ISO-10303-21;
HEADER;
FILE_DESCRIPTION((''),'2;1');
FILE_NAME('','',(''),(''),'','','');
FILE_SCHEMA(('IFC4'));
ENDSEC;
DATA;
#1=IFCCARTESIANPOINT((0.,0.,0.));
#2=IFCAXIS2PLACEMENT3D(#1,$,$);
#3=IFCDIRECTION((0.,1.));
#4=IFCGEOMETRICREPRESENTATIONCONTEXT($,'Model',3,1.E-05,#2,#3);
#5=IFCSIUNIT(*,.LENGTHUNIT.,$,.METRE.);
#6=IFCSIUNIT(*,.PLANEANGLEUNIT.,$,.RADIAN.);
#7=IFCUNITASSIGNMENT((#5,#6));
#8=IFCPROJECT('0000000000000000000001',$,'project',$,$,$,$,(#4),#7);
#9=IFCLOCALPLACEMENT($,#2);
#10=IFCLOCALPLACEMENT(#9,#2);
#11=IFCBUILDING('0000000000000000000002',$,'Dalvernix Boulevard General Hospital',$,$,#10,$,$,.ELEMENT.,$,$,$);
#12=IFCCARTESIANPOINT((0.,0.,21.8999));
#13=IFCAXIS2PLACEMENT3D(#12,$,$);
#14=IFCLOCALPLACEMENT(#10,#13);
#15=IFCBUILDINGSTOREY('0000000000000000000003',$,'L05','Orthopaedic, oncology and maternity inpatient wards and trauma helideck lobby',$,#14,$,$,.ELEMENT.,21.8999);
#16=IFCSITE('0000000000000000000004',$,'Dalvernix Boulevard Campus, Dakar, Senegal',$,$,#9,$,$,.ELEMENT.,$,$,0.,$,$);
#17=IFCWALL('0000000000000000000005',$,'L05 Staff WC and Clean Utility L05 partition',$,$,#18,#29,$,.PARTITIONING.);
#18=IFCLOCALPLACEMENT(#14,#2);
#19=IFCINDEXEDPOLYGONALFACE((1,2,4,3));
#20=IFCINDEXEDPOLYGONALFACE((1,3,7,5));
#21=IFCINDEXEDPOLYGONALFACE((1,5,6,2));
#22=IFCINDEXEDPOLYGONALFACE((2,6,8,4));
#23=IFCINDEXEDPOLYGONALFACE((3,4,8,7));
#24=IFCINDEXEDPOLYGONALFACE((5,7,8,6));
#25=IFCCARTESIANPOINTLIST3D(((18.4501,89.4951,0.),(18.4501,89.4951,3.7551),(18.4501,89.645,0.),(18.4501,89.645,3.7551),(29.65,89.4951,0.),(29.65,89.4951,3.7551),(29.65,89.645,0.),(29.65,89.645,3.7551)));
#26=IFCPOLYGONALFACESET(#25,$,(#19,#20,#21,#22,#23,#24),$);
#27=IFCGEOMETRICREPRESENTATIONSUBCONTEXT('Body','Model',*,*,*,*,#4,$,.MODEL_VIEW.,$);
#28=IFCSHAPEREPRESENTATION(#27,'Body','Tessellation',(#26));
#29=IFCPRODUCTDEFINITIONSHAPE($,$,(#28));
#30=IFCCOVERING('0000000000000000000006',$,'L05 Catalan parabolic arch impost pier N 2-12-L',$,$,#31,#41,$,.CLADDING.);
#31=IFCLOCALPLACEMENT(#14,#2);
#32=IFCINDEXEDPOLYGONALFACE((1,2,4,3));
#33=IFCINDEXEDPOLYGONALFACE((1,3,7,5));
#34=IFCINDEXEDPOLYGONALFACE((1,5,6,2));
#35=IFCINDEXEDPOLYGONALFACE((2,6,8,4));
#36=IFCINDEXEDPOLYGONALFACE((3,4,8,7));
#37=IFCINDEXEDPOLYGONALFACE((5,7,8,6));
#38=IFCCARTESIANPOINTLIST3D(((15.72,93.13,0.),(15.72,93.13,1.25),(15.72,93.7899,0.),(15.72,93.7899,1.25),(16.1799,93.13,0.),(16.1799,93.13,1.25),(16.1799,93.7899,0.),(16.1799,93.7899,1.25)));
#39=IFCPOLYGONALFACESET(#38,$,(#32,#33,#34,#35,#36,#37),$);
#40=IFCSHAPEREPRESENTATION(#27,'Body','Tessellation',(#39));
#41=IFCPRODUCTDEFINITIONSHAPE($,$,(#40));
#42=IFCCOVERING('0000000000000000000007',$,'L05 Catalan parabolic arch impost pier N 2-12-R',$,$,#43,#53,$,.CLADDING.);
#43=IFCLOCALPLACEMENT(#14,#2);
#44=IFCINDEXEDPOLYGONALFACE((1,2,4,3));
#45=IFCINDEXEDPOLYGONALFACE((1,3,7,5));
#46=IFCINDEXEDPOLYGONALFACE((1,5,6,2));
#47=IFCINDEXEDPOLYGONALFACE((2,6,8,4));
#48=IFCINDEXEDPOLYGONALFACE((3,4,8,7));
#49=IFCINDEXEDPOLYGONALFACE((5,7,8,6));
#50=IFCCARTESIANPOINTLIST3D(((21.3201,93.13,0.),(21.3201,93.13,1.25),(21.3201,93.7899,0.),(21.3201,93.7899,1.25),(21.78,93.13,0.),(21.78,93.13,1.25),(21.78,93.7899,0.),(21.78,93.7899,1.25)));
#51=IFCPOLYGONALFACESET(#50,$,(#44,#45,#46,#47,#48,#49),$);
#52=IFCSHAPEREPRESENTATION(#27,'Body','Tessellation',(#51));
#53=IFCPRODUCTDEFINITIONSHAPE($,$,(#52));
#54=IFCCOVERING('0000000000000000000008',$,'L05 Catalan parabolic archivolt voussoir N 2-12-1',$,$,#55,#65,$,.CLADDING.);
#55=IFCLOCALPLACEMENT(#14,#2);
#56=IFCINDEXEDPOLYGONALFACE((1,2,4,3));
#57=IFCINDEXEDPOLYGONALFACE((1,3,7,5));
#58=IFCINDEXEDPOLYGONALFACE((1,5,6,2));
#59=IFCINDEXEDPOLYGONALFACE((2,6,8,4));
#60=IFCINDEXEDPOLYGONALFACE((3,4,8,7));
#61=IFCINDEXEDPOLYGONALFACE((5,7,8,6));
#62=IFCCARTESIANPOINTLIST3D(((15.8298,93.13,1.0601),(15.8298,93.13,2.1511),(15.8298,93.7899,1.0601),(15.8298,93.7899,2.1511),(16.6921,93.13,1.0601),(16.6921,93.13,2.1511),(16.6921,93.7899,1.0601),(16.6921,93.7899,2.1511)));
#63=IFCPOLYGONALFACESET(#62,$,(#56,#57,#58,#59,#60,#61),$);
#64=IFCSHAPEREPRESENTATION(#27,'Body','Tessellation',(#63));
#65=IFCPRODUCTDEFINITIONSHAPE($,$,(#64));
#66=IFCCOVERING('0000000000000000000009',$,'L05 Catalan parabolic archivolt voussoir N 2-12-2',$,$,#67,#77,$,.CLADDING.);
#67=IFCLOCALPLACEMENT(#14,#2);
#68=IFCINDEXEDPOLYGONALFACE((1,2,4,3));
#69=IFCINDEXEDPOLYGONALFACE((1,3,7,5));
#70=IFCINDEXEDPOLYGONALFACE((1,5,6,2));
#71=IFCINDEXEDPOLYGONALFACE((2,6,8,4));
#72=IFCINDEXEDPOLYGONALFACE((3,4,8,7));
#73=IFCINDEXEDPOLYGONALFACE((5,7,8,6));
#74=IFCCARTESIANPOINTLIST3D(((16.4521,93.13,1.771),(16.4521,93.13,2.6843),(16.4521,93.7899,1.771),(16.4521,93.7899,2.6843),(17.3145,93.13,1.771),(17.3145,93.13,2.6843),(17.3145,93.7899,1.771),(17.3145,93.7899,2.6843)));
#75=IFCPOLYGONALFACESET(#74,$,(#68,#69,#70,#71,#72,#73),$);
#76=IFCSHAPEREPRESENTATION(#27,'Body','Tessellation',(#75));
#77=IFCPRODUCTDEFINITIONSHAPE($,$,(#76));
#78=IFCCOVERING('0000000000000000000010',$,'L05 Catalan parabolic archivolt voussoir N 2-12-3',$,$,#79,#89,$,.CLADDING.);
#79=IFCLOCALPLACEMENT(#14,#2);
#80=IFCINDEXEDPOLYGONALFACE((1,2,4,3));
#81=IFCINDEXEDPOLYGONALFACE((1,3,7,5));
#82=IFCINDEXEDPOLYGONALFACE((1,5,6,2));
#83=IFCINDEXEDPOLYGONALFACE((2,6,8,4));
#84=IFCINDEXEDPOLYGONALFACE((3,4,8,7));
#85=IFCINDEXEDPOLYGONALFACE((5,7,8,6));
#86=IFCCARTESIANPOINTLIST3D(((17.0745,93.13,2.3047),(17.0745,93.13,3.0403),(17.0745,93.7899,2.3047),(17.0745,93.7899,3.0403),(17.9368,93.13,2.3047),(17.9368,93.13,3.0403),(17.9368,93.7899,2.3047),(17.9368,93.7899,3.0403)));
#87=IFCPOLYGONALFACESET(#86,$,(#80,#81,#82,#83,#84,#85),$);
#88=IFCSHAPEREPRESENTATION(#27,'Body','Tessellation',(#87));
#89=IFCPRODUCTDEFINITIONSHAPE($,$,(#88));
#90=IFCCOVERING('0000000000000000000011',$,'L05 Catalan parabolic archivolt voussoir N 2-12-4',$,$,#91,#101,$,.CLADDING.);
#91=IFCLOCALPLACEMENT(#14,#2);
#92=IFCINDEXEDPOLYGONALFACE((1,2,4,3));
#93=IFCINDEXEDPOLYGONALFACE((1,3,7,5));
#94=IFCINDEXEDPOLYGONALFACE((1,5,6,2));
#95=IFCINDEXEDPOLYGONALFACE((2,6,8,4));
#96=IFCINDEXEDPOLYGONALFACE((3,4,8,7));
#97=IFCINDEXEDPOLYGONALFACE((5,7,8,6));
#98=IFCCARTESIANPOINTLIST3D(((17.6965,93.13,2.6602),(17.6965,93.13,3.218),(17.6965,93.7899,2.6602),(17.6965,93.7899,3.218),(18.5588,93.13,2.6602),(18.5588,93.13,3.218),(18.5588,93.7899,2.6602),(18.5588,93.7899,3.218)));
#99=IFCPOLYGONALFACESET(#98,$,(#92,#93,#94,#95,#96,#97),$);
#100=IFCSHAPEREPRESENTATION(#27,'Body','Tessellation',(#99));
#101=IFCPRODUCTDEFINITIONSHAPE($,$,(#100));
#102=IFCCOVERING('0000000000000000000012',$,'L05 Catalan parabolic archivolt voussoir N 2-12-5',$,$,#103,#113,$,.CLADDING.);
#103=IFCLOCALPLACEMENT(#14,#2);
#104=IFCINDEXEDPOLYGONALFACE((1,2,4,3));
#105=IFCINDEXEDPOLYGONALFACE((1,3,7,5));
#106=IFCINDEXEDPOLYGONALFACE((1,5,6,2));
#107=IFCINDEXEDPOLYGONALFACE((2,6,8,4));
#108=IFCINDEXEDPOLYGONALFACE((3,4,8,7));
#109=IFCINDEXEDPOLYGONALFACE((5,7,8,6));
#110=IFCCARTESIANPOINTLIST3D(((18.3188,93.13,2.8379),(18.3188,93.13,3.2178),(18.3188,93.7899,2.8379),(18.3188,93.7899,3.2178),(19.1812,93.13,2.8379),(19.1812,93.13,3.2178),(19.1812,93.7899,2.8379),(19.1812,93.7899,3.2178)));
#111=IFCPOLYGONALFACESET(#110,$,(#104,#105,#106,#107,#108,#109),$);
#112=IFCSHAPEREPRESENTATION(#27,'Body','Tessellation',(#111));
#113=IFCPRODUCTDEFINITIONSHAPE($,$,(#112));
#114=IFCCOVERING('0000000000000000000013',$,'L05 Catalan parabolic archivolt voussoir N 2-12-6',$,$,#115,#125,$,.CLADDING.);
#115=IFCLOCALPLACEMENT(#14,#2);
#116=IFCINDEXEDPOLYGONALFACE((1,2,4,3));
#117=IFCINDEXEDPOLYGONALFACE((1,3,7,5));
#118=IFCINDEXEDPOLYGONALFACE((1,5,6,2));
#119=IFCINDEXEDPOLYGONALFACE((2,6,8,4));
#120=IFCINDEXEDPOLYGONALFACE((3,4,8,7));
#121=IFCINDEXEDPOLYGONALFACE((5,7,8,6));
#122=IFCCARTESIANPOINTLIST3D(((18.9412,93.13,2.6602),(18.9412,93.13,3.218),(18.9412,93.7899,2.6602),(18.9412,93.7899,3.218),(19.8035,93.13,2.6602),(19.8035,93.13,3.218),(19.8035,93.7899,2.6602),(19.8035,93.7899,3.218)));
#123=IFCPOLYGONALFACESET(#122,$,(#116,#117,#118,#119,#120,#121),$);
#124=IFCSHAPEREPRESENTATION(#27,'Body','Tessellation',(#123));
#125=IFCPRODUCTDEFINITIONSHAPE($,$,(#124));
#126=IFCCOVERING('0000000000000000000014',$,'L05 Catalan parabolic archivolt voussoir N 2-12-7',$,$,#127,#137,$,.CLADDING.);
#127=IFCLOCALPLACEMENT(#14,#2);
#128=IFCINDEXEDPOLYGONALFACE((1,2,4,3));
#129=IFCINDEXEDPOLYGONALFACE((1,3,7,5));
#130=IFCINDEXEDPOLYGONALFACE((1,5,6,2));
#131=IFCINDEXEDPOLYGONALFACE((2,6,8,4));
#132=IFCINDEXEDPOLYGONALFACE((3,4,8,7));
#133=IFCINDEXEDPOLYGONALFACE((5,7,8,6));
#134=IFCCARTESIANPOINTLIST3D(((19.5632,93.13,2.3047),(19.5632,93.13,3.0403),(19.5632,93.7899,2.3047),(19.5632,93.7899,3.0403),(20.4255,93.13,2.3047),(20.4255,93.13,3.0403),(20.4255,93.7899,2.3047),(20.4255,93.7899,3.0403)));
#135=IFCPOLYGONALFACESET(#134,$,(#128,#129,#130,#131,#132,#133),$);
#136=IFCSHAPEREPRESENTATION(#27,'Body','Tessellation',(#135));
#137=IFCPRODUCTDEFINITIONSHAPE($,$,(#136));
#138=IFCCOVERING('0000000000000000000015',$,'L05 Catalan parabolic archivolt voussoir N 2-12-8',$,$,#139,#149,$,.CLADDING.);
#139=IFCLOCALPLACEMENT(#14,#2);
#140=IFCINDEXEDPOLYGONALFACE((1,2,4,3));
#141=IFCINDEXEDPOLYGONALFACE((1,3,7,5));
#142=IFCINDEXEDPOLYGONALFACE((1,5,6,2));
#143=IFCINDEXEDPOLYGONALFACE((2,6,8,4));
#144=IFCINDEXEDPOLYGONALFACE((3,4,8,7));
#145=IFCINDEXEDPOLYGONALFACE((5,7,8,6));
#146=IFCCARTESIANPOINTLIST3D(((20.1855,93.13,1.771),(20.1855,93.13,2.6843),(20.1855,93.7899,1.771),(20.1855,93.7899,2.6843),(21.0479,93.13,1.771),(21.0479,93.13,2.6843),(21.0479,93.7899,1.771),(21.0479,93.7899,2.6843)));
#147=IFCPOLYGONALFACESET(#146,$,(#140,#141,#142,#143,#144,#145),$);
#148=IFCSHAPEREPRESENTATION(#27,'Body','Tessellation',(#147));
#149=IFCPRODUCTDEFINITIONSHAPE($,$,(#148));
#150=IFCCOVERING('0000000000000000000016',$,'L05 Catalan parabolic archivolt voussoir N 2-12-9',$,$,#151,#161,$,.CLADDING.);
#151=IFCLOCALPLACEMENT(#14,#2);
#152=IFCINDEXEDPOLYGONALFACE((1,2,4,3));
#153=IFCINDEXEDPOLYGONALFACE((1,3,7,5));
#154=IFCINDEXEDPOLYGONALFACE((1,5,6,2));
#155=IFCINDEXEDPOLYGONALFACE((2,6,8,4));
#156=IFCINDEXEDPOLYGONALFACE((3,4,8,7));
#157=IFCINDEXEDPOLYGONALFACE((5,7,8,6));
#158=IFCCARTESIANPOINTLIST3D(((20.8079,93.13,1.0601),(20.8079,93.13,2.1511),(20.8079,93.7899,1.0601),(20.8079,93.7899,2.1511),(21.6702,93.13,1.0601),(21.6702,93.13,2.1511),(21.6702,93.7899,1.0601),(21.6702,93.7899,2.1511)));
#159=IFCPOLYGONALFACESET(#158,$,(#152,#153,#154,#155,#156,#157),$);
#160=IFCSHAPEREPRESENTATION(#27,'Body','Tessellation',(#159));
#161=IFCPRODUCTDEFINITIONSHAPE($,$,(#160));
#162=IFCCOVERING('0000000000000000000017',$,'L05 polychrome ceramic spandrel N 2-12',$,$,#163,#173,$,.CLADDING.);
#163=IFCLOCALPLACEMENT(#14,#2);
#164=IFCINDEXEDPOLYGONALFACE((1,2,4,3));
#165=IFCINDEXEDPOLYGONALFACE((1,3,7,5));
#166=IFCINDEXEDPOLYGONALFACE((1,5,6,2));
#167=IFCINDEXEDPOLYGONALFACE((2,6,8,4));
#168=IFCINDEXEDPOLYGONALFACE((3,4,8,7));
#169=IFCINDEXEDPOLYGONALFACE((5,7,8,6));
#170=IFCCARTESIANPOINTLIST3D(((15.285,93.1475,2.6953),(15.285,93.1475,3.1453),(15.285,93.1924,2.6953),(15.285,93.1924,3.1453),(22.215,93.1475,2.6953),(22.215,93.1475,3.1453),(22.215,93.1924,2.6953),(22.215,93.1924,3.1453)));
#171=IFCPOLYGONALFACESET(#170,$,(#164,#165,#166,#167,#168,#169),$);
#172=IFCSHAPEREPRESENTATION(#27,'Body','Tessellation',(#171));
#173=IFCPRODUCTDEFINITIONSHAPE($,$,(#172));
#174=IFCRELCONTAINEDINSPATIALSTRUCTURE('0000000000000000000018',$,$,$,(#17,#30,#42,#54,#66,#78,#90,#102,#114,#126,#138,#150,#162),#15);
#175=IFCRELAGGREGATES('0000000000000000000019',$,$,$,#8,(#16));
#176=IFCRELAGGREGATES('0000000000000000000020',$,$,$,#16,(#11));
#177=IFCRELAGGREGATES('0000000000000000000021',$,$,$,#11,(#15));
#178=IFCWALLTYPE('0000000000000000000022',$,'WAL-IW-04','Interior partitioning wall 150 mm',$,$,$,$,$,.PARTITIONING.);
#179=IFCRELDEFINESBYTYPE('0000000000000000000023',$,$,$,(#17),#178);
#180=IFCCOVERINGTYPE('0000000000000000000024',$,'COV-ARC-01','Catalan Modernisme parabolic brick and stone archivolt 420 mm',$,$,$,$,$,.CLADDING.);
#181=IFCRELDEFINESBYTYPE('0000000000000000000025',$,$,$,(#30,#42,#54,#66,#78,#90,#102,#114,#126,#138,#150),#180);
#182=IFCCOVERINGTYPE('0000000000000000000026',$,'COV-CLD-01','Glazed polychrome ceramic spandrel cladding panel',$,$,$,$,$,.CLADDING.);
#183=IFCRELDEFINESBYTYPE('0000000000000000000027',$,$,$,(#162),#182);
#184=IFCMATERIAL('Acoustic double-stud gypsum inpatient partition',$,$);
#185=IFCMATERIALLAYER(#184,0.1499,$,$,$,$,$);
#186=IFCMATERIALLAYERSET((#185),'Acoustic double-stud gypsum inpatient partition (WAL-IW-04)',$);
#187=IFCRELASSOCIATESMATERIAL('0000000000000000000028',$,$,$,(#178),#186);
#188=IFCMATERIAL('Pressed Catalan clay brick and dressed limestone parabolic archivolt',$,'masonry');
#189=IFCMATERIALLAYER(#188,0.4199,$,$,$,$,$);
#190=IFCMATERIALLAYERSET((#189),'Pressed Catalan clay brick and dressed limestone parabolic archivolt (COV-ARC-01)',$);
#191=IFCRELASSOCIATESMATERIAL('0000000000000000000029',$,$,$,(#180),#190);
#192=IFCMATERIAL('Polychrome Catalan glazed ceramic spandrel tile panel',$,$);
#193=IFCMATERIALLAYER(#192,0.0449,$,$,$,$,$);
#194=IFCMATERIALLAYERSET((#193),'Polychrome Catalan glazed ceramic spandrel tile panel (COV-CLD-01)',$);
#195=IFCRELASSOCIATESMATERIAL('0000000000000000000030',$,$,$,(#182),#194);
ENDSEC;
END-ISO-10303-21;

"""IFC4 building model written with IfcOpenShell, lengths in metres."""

from ifc_helpers import new_model, si_unit, direction, frame, frame_2d, origin, origin_2d, place, context, subcontext, project, spatial, rectangle, extrude, material, layer, layer_set, type_object, element, save


model = new_model("IFC4")

# Units and contexts
model_context = context("Model", 3, precision=1e-05, world=origin(), true_north=direction((0.0, 1.0)))
body_context = subcontext(model_context, "Body", "Model", "MODEL_VIEW")
ifc_project = project(units=[si_unit("LENGTHUNIT", "METRE"), si_unit("PLANEANGLEUNIT", "RADIAN")], contexts=[model_context])

# Site, building, storey
site_placement = place(None, origin())
site = spatial("IfcSite", under=ifc_project, at=site_placement, Name="Dalvernix Boulevard Campus, Dakar, Senegal", CompositionType="ELEMENT", RefElevation=0.0)
building_placement = place(site_placement, origin())
building = spatial("IfcBuilding", under=site, at=building_placement, Name="Dalvernix Boulevard General Hospital", CompositionType="ELEMENT")
storey_placement = place(building_placement, frame((0.0, 0.0, 21.8999)))
storey = spatial("IfcBuildingStorey", under=building, at=storey_placement, Name="L05", Description="Orthopaedic, oncology and maternity inpatient wards and trauma helideck lobby", CompositionType="ELEMENT", Elevation=21.8999)

# Wall
ifc_material_1 = material(Name="Acoustic double-stud gypsum inpatient partition")
ifc_layer_1 = layer(ifc_material_1, 0.1499)
ifc_layer_set_1 = layer_set([ifc_layer_1], Name="Acoustic double-stud gypsum inpatient partition (WAL-IW-04)")
wall_type_1 = type_object("IfcWallType", Name="WAL-IW-04", Description="Interior partitioning wall 150 mm", PredefinedType="PARTITIONING", material=ifc_layer_set_1)
wall_1_placement = place(storey_placement, frame((18.45, 89.5701, 0.0), z_axis=(0.0, 0.0, 1.0), x_axis=(1.0, 0.0, 0.0)))
element("IfcWall", 1, at=wall_1_placement, inside=storey, type_object=wall_type_1, Name="L05 Staff WC and Clean Utility L05 partition", PredefinedType="PARTITIONING", context=body_context, shape_type="SweptSolid", body=[
    extrude(rectangle(XDim=11.2, YDim=0.1499, at=frame_2d((5.6001, 0.0))), origin(), (0.0, 0.0, 1.0), 3.7551),
])

# Coverings
ifc_material_2 = material(Name="Pressed Catalan clay brick and dressed limestone parabolic archivolt", Category="masonry")
ifc_layer_2 = layer(ifc_material_2, 0.4199)
ifc_layer_set_2 = layer_set([ifc_layer_2], Name="Pressed Catalan clay brick and dressed limestone parabolic archivolt (COV-ARC-01)")
covering_type_1 = type_object("IfcCoveringType", Name="COV-ARC-01", Description="Catalan Modernisme parabolic brick and stone archivolt 420 mm", PredefinedType="CLADDING", material=ifc_layer_set_2)
for number, where, z_axis, x_axis, name in (
    (2, (15.95, 93.46, 0.0), (0.0, 0.0, 1.0), (1.0, 0.0, 0.0), "L05 Catalan parabolic arch impost pier N 2-12-L"),
    (3, (21.55, 93.46, 0.0), (0.0, 0.0, 1.0), (1.0, 0.0, 0.0), "L05 Catalan parabolic arch impost pier N 2-12-R"),
):
    element("IfcCovering", number, at=place(storey_placement, frame(where, z_axis=z_axis, x_axis=x_axis)), inside=storey, type_object=covering_type_1, Name=name, PredefinedType="CLADDING", context=body_context, shape_type="SweptSolid", body=[
        extrude(rectangle(XDim=0.46, YDim=0.6599, at=origin_2d()), origin(), (0.0, 0.0, 1.0), 1.25),
    ])
covering_1_placement = place(storey_placement, frame((16.261, 93.46, 1.0601), z_axis=(0.0, 0.0, 1.0), x_axis=(1.0, 0.0, 0.0)))
element("IfcCovering", 4, at=covering_1_placement, inside=storey, type_object=covering_type_1, Name="L05 Catalan parabolic archivolt voussoir N 2-12-1", PredefinedType="CLADDING", context=body_context, shape_type="SweptSolid", body=[
    extrude(rectangle(XDim=0.8623, YDim=0.6599, at=origin_2d()), origin(), (0.0, 0.0, 1.0), 1.0911),
])
covering_2_placement = place(storey_placement, frame((16.8833, 93.46, 1.771), z_axis=(0.0, 0.0, 1.0), x_axis=(1.0, 0.0, 0.0)))
element("IfcCovering", 5, at=covering_2_placement, inside=storey, type_object=covering_type_1, Name="L05 Catalan parabolic archivolt voussoir N 2-12-2", PredefinedType="CLADDING", context=body_context, shape_type="SweptSolid", body=[
    extrude(rectangle(XDim=0.8623, YDim=0.6599, at=origin_2d()), origin(), (0.0, 0.0, 1.0), 0.9133),
])
covering_3_placement = place(storey_placement, frame((17.5056, 93.46, 2.3047), z_axis=(0.0, 0.0, 1.0), x_axis=(1.0, 0.0, 0.0)))
element("IfcCovering", 6, at=covering_3_placement, inside=storey, type_object=covering_type_1, Name="L05 Catalan parabolic archivolt voussoir N 2-12-3", PredefinedType="CLADDING", context=body_context, shape_type="SweptSolid", body=[
    extrude(rectangle(XDim=0.8623, YDim=0.6599, at=origin_2d()), origin(), (0.0, 0.0, 1.0), 0.7356),
])
covering_4_placement = place(storey_placement, frame((18.1277, 93.46, 2.6602), z_axis=(0.0, 0.0, 1.0), x_axis=(1.0, 0.0, 0.0)))
element("IfcCovering", 7, at=covering_4_placement, inside=storey, type_object=covering_type_1, Name="L05 Catalan parabolic archivolt voussoir N 2-12-4", PredefinedType="CLADDING", context=body_context, shape_type="SweptSolid", body=[
    extrude(rectangle(XDim=0.8623, YDim=0.6599, at=origin_2d()), origin(), (0.0, 0.0, 1.0), 0.5579),
])
covering_5_placement = place(storey_placement, frame((18.75, 93.46, 2.8379), z_axis=(0.0, 0.0, 1.0), x_axis=(1.0, 0.0, 0.0)))
element("IfcCovering", 8, at=covering_5_placement, inside=storey, type_object=covering_type_1, Name="L05 Catalan parabolic archivolt voussoir N 2-12-5", PredefinedType="CLADDING", context=body_context, shape_type="SweptSolid", body=[
    extrude(rectangle(XDim=0.8623, YDim=0.6599, at=origin_2d()), origin(), (0.0, 0.0, 1.0), 0.3799),
])
covering_6_placement = place(storey_placement, frame((19.3723, 93.46, 2.6602), z_axis=(0.0, 0.0, 1.0), x_axis=(1.0, 0.0, 0.0)))
element("IfcCovering", 9, at=covering_6_placement, inside=storey, type_object=covering_type_1, Name="L05 Catalan parabolic archivolt voussoir N 2-12-6", PredefinedType="CLADDING", context=body_context, shape_type="SweptSolid", body=[
    extrude(rectangle(XDim=0.8623, YDim=0.6599, at=origin_2d()), origin(), (0.0, 0.0, 1.0), 0.5579),
])
covering_7_placement = place(storey_placement, frame((19.9944, 93.46, 2.3047), z_axis=(0.0, 0.0, 1.0), x_axis=(1.0, 0.0, 0.0)))
element("IfcCovering", 10, at=covering_7_placement, inside=storey, type_object=covering_type_1, Name="L05 Catalan parabolic archivolt voussoir N 2-12-7", PredefinedType="CLADDING", context=body_context, shape_type="SweptSolid", body=[
    extrude(rectangle(XDim=0.8623, YDim=0.6599, at=origin_2d()), origin(), (0.0, 0.0, 1.0), 0.7356),
])
covering_8_placement = place(storey_placement, frame((20.6167, 93.46, 1.771), z_axis=(0.0, 0.0, 1.0), x_axis=(1.0, 0.0, 0.0)))
element("IfcCovering", 11, at=covering_8_placement, inside=storey, type_object=covering_type_1, Name="L05 Catalan parabolic archivolt voussoir N 2-12-8", PredefinedType="CLADDING", context=body_context, shape_type="SweptSolid", body=[
    extrude(rectangle(XDim=0.8623, YDim=0.6599, at=origin_2d()), origin(), (0.0, 0.0, 1.0), 0.9133),
])
covering_9_placement = place(storey_placement, frame((21.239, 93.46, 1.0601), z_axis=(0.0, 0.0, 1.0), x_axis=(1.0, 0.0, 0.0)))
element("IfcCovering", 12, at=covering_9_placement, inside=storey, type_object=covering_type_1, Name="L05 Catalan parabolic archivolt voussoir N 2-12-9", PredefinedType="CLADDING", context=body_context, shape_type="SweptSolid", body=[
    extrude(rectangle(XDim=0.8623, YDim=0.6599, at=origin_2d()), origin(), (0.0, 0.0, 1.0), 1.0911),
])
ifc_material_3 = material(Name="Polychrome Catalan glazed ceramic spandrel tile panel")
ifc_layer_3 = layer(ifc_material_3, 0.0449)
ifc_layer_set_3 = layer_set([ifc_layer_3], Name="Polychrome Catalan glazed ceramic spandrel tile panel (COV-CLD-01)")
covering_type_2 = type_object("IfcCoveringType", Name="COV-CLD-01", Description="Glazed polychrome ceramic spandrel cladding panel", PredefinedType="CLADDING", material=ifc_layer_set_3)
covering_10_placement = place(storey_placement, frame((18.75, 93.1699, 2.6953), z_axis=(0.0, 0.0, 1.0), x_axis=(1.0, 0.0, 0.0)))
element("IfcCovering", 13, at=covering_10_placement, inside=storey, type_object=covering_type_2, Name="L05 polychrome ceramic spandrel N 2-12", PredefinedType="CLADDING", context=body_context, shape_type="SweptSolid", body=[
    extrude(rectangle(XDim=6.9299, YDim=0.0449, at=origin_2d()), origin(), (0.0, 0.0, 1.0), 0.45),
])

save(model, "model.ifc")
